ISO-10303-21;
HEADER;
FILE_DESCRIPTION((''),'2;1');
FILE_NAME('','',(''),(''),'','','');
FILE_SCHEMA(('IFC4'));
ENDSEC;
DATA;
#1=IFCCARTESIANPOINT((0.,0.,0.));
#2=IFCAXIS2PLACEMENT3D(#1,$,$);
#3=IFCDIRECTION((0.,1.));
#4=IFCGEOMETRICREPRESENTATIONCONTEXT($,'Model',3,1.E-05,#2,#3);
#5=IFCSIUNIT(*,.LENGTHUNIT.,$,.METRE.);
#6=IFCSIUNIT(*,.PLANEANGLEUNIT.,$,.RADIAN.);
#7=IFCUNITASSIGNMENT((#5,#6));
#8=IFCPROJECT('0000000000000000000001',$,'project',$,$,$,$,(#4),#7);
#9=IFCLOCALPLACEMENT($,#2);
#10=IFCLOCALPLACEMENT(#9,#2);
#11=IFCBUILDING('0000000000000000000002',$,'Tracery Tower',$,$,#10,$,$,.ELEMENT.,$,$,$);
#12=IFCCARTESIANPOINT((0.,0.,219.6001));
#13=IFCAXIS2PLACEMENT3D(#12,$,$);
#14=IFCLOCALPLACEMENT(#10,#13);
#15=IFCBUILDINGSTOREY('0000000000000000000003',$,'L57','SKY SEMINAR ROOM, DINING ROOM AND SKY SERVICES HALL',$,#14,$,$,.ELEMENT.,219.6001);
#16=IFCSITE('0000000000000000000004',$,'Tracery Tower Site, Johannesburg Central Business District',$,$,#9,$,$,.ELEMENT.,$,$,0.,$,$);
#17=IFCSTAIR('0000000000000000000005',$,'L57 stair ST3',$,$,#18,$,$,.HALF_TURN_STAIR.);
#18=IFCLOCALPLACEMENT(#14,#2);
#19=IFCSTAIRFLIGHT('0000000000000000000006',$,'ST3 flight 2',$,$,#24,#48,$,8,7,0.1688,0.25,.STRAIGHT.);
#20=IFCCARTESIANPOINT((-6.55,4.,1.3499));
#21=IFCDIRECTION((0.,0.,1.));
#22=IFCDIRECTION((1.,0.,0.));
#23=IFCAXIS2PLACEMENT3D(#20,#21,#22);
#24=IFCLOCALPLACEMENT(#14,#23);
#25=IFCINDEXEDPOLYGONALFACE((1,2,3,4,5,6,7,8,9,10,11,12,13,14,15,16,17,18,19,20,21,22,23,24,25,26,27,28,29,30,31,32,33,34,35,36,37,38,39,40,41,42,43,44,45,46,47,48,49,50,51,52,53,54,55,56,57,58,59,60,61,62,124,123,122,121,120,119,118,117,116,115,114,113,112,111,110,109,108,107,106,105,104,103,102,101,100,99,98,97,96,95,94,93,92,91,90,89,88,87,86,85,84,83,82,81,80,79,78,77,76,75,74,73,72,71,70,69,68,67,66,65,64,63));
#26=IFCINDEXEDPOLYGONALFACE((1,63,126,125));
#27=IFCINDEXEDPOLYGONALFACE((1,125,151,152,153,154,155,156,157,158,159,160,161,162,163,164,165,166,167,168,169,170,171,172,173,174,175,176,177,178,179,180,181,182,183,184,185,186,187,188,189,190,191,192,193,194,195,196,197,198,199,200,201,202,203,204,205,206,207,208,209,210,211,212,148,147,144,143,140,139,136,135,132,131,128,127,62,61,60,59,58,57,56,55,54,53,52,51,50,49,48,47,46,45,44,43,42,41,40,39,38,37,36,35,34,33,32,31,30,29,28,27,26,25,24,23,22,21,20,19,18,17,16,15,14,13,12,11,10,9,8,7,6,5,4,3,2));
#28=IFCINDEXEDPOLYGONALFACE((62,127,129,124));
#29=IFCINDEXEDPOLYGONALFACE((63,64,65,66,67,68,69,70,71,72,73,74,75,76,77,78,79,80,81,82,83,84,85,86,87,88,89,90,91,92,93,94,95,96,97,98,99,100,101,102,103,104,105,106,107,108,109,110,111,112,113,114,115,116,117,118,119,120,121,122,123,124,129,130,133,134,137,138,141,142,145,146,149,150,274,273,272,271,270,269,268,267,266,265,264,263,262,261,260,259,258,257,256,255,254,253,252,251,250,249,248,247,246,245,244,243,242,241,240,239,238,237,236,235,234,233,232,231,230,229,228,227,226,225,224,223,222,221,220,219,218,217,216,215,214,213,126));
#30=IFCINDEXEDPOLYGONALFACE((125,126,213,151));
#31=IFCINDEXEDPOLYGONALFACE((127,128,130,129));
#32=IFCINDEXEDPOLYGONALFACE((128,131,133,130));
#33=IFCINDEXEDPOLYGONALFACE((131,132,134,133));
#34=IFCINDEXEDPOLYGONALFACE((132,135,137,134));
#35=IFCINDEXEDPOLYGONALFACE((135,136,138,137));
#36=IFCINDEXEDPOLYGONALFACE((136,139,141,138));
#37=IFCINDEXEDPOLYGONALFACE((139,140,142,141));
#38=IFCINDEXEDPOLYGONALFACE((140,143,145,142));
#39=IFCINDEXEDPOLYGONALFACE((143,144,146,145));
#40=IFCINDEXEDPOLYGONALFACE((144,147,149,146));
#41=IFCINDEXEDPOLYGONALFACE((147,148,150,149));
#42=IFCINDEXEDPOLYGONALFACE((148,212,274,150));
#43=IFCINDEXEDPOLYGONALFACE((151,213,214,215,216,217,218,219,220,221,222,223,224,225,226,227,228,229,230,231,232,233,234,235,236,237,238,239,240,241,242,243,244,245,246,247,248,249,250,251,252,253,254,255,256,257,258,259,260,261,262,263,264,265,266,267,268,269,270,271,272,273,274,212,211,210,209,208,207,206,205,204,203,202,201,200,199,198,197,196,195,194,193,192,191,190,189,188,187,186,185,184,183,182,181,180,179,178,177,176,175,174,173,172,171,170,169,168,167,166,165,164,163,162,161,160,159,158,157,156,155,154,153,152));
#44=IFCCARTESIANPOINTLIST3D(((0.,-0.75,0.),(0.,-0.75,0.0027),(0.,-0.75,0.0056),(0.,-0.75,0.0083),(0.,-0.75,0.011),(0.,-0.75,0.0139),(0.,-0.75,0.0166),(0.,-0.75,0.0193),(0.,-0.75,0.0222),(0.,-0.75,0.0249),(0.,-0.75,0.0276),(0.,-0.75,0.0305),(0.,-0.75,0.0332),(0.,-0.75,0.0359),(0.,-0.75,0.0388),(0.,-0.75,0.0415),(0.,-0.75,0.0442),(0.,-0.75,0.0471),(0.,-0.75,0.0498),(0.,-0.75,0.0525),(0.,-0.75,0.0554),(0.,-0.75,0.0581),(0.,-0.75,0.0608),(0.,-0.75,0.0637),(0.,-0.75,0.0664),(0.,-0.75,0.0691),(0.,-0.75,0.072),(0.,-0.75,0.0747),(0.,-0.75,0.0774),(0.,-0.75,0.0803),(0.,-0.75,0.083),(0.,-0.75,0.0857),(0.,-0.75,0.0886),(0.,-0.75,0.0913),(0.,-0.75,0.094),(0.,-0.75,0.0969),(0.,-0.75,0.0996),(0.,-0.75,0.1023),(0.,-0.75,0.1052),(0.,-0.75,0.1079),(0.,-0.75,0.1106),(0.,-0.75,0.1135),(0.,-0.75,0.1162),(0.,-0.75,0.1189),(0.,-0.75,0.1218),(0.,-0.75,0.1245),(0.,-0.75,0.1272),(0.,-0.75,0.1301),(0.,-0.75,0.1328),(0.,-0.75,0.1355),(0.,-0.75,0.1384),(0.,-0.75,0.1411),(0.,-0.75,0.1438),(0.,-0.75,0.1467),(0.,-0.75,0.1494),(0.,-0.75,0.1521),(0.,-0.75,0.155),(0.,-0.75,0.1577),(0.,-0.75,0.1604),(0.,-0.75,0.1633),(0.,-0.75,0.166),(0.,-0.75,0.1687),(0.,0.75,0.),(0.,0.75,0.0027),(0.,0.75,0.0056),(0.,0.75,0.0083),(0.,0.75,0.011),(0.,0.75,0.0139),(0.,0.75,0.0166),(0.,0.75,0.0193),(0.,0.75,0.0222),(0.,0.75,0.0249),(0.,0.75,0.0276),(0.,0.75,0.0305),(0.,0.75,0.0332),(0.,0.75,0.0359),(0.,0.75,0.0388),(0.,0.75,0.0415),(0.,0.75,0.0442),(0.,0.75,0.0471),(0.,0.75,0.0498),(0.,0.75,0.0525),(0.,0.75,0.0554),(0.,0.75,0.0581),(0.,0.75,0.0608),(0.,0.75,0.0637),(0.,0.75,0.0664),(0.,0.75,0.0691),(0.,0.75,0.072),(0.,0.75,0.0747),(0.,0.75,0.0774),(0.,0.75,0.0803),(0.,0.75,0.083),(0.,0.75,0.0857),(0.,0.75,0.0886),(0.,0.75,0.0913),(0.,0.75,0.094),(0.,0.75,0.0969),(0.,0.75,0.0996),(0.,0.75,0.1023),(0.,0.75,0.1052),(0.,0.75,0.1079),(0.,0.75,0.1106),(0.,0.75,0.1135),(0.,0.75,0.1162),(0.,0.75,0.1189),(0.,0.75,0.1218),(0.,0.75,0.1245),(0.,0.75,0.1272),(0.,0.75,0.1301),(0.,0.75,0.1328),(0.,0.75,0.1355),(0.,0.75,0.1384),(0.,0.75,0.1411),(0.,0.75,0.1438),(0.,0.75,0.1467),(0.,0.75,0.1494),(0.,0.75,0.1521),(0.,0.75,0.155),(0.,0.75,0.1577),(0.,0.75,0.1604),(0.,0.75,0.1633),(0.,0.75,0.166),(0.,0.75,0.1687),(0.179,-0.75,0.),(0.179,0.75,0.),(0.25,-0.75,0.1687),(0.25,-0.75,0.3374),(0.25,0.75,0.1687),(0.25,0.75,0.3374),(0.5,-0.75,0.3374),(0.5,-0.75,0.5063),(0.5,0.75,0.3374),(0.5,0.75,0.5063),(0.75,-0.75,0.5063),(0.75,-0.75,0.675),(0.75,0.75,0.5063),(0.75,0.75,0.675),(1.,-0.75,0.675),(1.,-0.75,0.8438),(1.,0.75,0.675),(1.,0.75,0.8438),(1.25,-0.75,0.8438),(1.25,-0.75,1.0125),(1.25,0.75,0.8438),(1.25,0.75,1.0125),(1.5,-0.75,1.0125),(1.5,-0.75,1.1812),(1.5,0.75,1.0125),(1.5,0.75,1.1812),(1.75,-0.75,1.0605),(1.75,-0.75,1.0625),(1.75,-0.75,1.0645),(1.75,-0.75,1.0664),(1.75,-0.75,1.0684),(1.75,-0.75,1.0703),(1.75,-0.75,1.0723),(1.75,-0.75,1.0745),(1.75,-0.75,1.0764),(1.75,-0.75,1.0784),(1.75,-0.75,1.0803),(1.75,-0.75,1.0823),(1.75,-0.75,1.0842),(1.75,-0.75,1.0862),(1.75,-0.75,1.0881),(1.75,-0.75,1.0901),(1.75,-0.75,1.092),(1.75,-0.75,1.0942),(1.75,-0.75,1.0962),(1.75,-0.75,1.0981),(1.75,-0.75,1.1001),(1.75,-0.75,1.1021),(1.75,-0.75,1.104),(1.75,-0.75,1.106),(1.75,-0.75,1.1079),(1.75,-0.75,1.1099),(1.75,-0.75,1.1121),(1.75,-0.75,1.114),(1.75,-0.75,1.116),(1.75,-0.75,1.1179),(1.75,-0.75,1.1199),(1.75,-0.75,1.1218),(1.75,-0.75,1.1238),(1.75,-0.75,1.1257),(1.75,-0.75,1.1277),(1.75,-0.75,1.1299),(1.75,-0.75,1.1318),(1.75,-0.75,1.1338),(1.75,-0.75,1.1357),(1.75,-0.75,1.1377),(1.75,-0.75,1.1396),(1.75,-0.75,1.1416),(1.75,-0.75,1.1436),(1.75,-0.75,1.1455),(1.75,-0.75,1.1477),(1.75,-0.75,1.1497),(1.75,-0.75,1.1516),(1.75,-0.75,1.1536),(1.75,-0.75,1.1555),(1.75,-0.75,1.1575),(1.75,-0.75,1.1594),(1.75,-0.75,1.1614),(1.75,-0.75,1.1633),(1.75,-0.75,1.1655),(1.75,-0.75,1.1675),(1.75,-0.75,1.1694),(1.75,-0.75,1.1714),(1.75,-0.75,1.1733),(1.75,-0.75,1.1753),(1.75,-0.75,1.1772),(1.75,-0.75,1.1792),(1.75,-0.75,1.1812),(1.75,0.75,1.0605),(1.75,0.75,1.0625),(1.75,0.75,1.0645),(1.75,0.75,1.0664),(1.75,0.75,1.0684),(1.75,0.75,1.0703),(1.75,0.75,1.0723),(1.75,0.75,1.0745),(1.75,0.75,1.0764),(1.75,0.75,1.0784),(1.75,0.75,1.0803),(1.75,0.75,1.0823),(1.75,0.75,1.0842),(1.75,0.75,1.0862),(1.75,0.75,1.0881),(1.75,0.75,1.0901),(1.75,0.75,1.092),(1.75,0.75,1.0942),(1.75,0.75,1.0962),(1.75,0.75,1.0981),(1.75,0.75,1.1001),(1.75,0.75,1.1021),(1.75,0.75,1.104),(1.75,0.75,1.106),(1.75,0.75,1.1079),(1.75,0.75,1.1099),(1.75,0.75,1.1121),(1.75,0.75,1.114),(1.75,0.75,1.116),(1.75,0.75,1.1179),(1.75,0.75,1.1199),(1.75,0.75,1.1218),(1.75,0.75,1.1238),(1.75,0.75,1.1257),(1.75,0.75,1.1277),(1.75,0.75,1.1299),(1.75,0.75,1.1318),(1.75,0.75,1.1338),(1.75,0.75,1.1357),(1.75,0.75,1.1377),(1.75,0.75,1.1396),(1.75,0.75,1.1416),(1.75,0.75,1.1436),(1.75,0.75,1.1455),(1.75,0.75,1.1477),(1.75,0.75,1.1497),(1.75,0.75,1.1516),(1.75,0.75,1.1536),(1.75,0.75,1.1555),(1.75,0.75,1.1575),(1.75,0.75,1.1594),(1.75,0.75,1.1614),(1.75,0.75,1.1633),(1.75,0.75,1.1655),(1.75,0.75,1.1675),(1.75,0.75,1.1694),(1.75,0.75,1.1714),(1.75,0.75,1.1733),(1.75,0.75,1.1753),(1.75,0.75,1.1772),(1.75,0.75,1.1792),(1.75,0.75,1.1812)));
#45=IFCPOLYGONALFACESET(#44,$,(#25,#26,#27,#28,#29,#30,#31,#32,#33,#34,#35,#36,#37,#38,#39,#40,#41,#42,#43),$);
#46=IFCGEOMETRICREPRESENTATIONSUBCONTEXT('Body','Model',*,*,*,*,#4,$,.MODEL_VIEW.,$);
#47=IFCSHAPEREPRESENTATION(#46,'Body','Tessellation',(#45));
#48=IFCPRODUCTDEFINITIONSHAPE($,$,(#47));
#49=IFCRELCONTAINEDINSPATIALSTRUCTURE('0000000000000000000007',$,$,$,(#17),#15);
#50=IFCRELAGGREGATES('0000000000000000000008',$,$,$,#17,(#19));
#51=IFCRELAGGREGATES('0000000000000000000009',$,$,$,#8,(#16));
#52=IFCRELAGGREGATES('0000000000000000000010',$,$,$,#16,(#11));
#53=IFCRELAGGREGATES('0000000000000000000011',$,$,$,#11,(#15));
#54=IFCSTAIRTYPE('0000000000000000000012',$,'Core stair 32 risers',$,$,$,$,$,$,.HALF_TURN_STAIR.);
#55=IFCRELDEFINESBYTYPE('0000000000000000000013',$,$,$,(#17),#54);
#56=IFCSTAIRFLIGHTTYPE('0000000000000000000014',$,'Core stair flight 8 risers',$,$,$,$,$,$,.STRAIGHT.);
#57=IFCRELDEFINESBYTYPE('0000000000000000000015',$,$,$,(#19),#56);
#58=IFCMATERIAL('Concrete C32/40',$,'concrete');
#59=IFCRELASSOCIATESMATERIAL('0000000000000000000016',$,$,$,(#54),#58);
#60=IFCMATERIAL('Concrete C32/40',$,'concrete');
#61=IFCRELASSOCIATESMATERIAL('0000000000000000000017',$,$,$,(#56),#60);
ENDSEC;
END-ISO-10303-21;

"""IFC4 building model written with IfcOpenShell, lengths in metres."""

from ifc_helpers import new_model, si_unit, direction, frame, origin, place, context, subcontext, project, spatial, polyline, outline, extrude, material, type_object, element, aggregate, save


model = new_model("IFC4")

# Units and contexts
model_context = context("Model", 3, precision=1e-05, world=origin(), true_north=direction((0.0, 1.0)))
body_context = subcontext(model_context, "Body", "Model", "MODEL_VIEW")
ifc_project = project(units=[si_unit("LENGTHUNIT", "METRE"), si_unit("PLANEANGLEUNIT", "RADIAN")], contexts=[model_context])

# Site, building, storey
site_placement = place(None, origin())
site = spatial("IfcSite", under=ifc_project, at=site_placement, Name="Tracery Tower Site, Johannesburg Central Business District", CompositionType="ELEMENT", RefElevation=0.0)
building_placement = place(site_placement, origin())
building = spatial("IfcBuilding", under=site, at=building_placement, Name="Tracery Tower", CompositionType="ELEMENT")
storey_placement = place(building_placement, frame((0.0, 0.0, 219.6001)))
storey = spatial("IfcBuildingStorey", under=building, at=storey_placement, Name="L57", Description="SKY SEMINAR ROOM, DINING ROOM AND SKY SERVICES HALL", CompositionType="ELEMENT", Elevation=219.6001)

# Stair, stair flight
ifc_material_1 = material(Name="Concrete C32/40", Category="concrete")
stair_type = type_object("IfcStairType", Name="Core stair 32 risers", PredefinedType="HALF_TURN_STAIR", material=ifc_material_1)
stair_placement = place(storey_placement, origin())
stair = element("IfcStair", 1, at=stair_placement, inside=storey, type_object=stair_type, Name="L57 stair ST3", PredefinedType="HALF_TURN_STAIR")
ifc_material_2 = material(Name="Concrete C32/40", Category="concrete")
stair_flight_type = type_object("IfcStairFlightType", Name="Core stair flight 8 risers", PredefinedType="STRAIGHT", material=ifc_material_2)
stair_flight_1_placement = place(storey_placement, frame((-6.55, 4.0, 1.3499), z_axis=(0.0, 0.0, 1.0), x_axis=(1.0, 0.0, 0.0)))
stair_flight_1 = element("IfcStairFlight", 2, at=stair_flight_1_placement, type_object=stair_flight_type, Name="ST3 flight 2", NumberOfRisers=8, NumberOfTreads=7, PredefinedType="STRAIGHT", RiserHeight=0.1688, TreadLength=0.25, context=body_context, shape_type="SweptSolid", body=[
    extrude(outline(polyline([(0.0, 0.0), (0.0, 0.0027), (0.0, 0.0056), (0.0, 0.0083), (0.0, 0.011), (0.0, 0.0139), (0.0, 0.0166), (0.0, 0.0193), (0.0, 0.0222), (0.0, 0.0249), (0.0, 0.0276), (0.0, 0.0305), (0.0, 0.0332), (0.0, 0.0359), (0.0, 0.0388), (0.0, 0.0415), (0.0, 0.0442), (0.0, 0.0471), (0.0, 0.0498), (0.0, 0.0525), (0.0, 0.0554), (0.0, 0.0581), (0.0, 0.0608), (0.0, 0.0637), (0.0, 0.0664), (0.0, 0.0691), (0.0, 0.072), (0.0, 0.0747), (0.0, 0.0774), (0.0, 0.0803), (0.0, 0.083), (0.0, 0.0857), (0.0, 0.0886), (0.0, 0.0913), (0.0, 0.094), (0.0, 0.0969), (0.0, 0.0996), (0.0, 0.1023), (0.0, 0.1052), (0.0, 0.1079), (0.0, 0.1106), (0.0, 0.1135), (0.0, 0.1162), (0.0, 0.1189), (0.0, 0.1218), (0.0, 0.1245), (0.0, 0.1272), (0.0, 0.1301), (0.0, 0.1328), (0.0, 0.1355), (0.0, 0.1384), (0.0, 0.1411), (0.0, 0.1438), (0.0, 0.1467), (0.0, 0.1494), (0.0, 0.1521), (0.0, 0.155), (0.0, 0.1577), (0.0, 0.1604), (0.0, 0.1633), (0.0, 0.166), (0.0, 0.1687), (0.25, 0.1687), (0.25, 0.3374), (0.5, 0.3374), (0.5, 0.5063), (0.75, 0.5063), (0.75, 0.675), (1.0, 0.675), (1.0, 0.8438), (1.25, 0.8438), (1.25, 1.0125), (1.5, 1.0125), (1.5, 1.1812), (1.75, 1.1812), (1.75, 1.1792), (1.75, 1.1772), (1.75, 1.1753), (1.75, 1.1733), (1.75, 1.1714), (1.75, 1.1694), (1.75, 1.1675), (1.75, 1.1655), (1.75, 1.1633), (1.75, 1.1614), (1.75, 1.1594), (1.75, 1.1575), (1.75, 1.1555), (1.75, 1.1536), (1.75, 1.1516), (1.75, 1.1497), (1.75, 1.1477), (1.75, 1.1455), (1.75, 1.1436), (1.75, 1.1416), (1.75, 1.1396), (1.75, 1.1377), (1.75, 1.1357), (1.75, 1.1338), (1.75, 1.1318), (1.75, 1.1299), (1.75, 1.1277), (1.75, 1.1257), (1.75, 1.1238), (1.75, 1.1218), (1.75, 1.1199), (1.75, 1.1179), (1.75, 1.116), (1.75, 1.114), (1.75, 1.1121), (1.75, 1.1099), (1.75, 1.1079), (1.75, 1.106), (1.75, 1.104), (1.75, 1.1021), (1.75, 1.1001), (1.75, 1.0981), (1.75, 1.0962), (1.75, 1.0942), (1.75, 1.092), (1.75, 1.0901), (1.75, 1.0881), (1.75, 1.0862), (1.75, 1.0842), (1.75, 1.0823), (1.75, 1.0803), (1.75, 1.0784), (1.75, 1.0764), (1.75, 1.0745), (1.75, 1.0723), (1.75, 1.0703), (1.75, 1.0684), (1.75, 1.0664), (1.75, 1.0645), (1.75, 1.0625), (1.75, 1.0605), (0.179, 0.0), (0.0, 0.0)])), frame((0.0, 0.75, 0.0), z_axis=(0.0, -1.0, 0.0), x_axis=(1.0, 0.0, 0.0)), (0.0, 0.0, 1.0), 1.5),
])
aggregate(stair, [stair_flight_1])

save(model, "model.ifc")
